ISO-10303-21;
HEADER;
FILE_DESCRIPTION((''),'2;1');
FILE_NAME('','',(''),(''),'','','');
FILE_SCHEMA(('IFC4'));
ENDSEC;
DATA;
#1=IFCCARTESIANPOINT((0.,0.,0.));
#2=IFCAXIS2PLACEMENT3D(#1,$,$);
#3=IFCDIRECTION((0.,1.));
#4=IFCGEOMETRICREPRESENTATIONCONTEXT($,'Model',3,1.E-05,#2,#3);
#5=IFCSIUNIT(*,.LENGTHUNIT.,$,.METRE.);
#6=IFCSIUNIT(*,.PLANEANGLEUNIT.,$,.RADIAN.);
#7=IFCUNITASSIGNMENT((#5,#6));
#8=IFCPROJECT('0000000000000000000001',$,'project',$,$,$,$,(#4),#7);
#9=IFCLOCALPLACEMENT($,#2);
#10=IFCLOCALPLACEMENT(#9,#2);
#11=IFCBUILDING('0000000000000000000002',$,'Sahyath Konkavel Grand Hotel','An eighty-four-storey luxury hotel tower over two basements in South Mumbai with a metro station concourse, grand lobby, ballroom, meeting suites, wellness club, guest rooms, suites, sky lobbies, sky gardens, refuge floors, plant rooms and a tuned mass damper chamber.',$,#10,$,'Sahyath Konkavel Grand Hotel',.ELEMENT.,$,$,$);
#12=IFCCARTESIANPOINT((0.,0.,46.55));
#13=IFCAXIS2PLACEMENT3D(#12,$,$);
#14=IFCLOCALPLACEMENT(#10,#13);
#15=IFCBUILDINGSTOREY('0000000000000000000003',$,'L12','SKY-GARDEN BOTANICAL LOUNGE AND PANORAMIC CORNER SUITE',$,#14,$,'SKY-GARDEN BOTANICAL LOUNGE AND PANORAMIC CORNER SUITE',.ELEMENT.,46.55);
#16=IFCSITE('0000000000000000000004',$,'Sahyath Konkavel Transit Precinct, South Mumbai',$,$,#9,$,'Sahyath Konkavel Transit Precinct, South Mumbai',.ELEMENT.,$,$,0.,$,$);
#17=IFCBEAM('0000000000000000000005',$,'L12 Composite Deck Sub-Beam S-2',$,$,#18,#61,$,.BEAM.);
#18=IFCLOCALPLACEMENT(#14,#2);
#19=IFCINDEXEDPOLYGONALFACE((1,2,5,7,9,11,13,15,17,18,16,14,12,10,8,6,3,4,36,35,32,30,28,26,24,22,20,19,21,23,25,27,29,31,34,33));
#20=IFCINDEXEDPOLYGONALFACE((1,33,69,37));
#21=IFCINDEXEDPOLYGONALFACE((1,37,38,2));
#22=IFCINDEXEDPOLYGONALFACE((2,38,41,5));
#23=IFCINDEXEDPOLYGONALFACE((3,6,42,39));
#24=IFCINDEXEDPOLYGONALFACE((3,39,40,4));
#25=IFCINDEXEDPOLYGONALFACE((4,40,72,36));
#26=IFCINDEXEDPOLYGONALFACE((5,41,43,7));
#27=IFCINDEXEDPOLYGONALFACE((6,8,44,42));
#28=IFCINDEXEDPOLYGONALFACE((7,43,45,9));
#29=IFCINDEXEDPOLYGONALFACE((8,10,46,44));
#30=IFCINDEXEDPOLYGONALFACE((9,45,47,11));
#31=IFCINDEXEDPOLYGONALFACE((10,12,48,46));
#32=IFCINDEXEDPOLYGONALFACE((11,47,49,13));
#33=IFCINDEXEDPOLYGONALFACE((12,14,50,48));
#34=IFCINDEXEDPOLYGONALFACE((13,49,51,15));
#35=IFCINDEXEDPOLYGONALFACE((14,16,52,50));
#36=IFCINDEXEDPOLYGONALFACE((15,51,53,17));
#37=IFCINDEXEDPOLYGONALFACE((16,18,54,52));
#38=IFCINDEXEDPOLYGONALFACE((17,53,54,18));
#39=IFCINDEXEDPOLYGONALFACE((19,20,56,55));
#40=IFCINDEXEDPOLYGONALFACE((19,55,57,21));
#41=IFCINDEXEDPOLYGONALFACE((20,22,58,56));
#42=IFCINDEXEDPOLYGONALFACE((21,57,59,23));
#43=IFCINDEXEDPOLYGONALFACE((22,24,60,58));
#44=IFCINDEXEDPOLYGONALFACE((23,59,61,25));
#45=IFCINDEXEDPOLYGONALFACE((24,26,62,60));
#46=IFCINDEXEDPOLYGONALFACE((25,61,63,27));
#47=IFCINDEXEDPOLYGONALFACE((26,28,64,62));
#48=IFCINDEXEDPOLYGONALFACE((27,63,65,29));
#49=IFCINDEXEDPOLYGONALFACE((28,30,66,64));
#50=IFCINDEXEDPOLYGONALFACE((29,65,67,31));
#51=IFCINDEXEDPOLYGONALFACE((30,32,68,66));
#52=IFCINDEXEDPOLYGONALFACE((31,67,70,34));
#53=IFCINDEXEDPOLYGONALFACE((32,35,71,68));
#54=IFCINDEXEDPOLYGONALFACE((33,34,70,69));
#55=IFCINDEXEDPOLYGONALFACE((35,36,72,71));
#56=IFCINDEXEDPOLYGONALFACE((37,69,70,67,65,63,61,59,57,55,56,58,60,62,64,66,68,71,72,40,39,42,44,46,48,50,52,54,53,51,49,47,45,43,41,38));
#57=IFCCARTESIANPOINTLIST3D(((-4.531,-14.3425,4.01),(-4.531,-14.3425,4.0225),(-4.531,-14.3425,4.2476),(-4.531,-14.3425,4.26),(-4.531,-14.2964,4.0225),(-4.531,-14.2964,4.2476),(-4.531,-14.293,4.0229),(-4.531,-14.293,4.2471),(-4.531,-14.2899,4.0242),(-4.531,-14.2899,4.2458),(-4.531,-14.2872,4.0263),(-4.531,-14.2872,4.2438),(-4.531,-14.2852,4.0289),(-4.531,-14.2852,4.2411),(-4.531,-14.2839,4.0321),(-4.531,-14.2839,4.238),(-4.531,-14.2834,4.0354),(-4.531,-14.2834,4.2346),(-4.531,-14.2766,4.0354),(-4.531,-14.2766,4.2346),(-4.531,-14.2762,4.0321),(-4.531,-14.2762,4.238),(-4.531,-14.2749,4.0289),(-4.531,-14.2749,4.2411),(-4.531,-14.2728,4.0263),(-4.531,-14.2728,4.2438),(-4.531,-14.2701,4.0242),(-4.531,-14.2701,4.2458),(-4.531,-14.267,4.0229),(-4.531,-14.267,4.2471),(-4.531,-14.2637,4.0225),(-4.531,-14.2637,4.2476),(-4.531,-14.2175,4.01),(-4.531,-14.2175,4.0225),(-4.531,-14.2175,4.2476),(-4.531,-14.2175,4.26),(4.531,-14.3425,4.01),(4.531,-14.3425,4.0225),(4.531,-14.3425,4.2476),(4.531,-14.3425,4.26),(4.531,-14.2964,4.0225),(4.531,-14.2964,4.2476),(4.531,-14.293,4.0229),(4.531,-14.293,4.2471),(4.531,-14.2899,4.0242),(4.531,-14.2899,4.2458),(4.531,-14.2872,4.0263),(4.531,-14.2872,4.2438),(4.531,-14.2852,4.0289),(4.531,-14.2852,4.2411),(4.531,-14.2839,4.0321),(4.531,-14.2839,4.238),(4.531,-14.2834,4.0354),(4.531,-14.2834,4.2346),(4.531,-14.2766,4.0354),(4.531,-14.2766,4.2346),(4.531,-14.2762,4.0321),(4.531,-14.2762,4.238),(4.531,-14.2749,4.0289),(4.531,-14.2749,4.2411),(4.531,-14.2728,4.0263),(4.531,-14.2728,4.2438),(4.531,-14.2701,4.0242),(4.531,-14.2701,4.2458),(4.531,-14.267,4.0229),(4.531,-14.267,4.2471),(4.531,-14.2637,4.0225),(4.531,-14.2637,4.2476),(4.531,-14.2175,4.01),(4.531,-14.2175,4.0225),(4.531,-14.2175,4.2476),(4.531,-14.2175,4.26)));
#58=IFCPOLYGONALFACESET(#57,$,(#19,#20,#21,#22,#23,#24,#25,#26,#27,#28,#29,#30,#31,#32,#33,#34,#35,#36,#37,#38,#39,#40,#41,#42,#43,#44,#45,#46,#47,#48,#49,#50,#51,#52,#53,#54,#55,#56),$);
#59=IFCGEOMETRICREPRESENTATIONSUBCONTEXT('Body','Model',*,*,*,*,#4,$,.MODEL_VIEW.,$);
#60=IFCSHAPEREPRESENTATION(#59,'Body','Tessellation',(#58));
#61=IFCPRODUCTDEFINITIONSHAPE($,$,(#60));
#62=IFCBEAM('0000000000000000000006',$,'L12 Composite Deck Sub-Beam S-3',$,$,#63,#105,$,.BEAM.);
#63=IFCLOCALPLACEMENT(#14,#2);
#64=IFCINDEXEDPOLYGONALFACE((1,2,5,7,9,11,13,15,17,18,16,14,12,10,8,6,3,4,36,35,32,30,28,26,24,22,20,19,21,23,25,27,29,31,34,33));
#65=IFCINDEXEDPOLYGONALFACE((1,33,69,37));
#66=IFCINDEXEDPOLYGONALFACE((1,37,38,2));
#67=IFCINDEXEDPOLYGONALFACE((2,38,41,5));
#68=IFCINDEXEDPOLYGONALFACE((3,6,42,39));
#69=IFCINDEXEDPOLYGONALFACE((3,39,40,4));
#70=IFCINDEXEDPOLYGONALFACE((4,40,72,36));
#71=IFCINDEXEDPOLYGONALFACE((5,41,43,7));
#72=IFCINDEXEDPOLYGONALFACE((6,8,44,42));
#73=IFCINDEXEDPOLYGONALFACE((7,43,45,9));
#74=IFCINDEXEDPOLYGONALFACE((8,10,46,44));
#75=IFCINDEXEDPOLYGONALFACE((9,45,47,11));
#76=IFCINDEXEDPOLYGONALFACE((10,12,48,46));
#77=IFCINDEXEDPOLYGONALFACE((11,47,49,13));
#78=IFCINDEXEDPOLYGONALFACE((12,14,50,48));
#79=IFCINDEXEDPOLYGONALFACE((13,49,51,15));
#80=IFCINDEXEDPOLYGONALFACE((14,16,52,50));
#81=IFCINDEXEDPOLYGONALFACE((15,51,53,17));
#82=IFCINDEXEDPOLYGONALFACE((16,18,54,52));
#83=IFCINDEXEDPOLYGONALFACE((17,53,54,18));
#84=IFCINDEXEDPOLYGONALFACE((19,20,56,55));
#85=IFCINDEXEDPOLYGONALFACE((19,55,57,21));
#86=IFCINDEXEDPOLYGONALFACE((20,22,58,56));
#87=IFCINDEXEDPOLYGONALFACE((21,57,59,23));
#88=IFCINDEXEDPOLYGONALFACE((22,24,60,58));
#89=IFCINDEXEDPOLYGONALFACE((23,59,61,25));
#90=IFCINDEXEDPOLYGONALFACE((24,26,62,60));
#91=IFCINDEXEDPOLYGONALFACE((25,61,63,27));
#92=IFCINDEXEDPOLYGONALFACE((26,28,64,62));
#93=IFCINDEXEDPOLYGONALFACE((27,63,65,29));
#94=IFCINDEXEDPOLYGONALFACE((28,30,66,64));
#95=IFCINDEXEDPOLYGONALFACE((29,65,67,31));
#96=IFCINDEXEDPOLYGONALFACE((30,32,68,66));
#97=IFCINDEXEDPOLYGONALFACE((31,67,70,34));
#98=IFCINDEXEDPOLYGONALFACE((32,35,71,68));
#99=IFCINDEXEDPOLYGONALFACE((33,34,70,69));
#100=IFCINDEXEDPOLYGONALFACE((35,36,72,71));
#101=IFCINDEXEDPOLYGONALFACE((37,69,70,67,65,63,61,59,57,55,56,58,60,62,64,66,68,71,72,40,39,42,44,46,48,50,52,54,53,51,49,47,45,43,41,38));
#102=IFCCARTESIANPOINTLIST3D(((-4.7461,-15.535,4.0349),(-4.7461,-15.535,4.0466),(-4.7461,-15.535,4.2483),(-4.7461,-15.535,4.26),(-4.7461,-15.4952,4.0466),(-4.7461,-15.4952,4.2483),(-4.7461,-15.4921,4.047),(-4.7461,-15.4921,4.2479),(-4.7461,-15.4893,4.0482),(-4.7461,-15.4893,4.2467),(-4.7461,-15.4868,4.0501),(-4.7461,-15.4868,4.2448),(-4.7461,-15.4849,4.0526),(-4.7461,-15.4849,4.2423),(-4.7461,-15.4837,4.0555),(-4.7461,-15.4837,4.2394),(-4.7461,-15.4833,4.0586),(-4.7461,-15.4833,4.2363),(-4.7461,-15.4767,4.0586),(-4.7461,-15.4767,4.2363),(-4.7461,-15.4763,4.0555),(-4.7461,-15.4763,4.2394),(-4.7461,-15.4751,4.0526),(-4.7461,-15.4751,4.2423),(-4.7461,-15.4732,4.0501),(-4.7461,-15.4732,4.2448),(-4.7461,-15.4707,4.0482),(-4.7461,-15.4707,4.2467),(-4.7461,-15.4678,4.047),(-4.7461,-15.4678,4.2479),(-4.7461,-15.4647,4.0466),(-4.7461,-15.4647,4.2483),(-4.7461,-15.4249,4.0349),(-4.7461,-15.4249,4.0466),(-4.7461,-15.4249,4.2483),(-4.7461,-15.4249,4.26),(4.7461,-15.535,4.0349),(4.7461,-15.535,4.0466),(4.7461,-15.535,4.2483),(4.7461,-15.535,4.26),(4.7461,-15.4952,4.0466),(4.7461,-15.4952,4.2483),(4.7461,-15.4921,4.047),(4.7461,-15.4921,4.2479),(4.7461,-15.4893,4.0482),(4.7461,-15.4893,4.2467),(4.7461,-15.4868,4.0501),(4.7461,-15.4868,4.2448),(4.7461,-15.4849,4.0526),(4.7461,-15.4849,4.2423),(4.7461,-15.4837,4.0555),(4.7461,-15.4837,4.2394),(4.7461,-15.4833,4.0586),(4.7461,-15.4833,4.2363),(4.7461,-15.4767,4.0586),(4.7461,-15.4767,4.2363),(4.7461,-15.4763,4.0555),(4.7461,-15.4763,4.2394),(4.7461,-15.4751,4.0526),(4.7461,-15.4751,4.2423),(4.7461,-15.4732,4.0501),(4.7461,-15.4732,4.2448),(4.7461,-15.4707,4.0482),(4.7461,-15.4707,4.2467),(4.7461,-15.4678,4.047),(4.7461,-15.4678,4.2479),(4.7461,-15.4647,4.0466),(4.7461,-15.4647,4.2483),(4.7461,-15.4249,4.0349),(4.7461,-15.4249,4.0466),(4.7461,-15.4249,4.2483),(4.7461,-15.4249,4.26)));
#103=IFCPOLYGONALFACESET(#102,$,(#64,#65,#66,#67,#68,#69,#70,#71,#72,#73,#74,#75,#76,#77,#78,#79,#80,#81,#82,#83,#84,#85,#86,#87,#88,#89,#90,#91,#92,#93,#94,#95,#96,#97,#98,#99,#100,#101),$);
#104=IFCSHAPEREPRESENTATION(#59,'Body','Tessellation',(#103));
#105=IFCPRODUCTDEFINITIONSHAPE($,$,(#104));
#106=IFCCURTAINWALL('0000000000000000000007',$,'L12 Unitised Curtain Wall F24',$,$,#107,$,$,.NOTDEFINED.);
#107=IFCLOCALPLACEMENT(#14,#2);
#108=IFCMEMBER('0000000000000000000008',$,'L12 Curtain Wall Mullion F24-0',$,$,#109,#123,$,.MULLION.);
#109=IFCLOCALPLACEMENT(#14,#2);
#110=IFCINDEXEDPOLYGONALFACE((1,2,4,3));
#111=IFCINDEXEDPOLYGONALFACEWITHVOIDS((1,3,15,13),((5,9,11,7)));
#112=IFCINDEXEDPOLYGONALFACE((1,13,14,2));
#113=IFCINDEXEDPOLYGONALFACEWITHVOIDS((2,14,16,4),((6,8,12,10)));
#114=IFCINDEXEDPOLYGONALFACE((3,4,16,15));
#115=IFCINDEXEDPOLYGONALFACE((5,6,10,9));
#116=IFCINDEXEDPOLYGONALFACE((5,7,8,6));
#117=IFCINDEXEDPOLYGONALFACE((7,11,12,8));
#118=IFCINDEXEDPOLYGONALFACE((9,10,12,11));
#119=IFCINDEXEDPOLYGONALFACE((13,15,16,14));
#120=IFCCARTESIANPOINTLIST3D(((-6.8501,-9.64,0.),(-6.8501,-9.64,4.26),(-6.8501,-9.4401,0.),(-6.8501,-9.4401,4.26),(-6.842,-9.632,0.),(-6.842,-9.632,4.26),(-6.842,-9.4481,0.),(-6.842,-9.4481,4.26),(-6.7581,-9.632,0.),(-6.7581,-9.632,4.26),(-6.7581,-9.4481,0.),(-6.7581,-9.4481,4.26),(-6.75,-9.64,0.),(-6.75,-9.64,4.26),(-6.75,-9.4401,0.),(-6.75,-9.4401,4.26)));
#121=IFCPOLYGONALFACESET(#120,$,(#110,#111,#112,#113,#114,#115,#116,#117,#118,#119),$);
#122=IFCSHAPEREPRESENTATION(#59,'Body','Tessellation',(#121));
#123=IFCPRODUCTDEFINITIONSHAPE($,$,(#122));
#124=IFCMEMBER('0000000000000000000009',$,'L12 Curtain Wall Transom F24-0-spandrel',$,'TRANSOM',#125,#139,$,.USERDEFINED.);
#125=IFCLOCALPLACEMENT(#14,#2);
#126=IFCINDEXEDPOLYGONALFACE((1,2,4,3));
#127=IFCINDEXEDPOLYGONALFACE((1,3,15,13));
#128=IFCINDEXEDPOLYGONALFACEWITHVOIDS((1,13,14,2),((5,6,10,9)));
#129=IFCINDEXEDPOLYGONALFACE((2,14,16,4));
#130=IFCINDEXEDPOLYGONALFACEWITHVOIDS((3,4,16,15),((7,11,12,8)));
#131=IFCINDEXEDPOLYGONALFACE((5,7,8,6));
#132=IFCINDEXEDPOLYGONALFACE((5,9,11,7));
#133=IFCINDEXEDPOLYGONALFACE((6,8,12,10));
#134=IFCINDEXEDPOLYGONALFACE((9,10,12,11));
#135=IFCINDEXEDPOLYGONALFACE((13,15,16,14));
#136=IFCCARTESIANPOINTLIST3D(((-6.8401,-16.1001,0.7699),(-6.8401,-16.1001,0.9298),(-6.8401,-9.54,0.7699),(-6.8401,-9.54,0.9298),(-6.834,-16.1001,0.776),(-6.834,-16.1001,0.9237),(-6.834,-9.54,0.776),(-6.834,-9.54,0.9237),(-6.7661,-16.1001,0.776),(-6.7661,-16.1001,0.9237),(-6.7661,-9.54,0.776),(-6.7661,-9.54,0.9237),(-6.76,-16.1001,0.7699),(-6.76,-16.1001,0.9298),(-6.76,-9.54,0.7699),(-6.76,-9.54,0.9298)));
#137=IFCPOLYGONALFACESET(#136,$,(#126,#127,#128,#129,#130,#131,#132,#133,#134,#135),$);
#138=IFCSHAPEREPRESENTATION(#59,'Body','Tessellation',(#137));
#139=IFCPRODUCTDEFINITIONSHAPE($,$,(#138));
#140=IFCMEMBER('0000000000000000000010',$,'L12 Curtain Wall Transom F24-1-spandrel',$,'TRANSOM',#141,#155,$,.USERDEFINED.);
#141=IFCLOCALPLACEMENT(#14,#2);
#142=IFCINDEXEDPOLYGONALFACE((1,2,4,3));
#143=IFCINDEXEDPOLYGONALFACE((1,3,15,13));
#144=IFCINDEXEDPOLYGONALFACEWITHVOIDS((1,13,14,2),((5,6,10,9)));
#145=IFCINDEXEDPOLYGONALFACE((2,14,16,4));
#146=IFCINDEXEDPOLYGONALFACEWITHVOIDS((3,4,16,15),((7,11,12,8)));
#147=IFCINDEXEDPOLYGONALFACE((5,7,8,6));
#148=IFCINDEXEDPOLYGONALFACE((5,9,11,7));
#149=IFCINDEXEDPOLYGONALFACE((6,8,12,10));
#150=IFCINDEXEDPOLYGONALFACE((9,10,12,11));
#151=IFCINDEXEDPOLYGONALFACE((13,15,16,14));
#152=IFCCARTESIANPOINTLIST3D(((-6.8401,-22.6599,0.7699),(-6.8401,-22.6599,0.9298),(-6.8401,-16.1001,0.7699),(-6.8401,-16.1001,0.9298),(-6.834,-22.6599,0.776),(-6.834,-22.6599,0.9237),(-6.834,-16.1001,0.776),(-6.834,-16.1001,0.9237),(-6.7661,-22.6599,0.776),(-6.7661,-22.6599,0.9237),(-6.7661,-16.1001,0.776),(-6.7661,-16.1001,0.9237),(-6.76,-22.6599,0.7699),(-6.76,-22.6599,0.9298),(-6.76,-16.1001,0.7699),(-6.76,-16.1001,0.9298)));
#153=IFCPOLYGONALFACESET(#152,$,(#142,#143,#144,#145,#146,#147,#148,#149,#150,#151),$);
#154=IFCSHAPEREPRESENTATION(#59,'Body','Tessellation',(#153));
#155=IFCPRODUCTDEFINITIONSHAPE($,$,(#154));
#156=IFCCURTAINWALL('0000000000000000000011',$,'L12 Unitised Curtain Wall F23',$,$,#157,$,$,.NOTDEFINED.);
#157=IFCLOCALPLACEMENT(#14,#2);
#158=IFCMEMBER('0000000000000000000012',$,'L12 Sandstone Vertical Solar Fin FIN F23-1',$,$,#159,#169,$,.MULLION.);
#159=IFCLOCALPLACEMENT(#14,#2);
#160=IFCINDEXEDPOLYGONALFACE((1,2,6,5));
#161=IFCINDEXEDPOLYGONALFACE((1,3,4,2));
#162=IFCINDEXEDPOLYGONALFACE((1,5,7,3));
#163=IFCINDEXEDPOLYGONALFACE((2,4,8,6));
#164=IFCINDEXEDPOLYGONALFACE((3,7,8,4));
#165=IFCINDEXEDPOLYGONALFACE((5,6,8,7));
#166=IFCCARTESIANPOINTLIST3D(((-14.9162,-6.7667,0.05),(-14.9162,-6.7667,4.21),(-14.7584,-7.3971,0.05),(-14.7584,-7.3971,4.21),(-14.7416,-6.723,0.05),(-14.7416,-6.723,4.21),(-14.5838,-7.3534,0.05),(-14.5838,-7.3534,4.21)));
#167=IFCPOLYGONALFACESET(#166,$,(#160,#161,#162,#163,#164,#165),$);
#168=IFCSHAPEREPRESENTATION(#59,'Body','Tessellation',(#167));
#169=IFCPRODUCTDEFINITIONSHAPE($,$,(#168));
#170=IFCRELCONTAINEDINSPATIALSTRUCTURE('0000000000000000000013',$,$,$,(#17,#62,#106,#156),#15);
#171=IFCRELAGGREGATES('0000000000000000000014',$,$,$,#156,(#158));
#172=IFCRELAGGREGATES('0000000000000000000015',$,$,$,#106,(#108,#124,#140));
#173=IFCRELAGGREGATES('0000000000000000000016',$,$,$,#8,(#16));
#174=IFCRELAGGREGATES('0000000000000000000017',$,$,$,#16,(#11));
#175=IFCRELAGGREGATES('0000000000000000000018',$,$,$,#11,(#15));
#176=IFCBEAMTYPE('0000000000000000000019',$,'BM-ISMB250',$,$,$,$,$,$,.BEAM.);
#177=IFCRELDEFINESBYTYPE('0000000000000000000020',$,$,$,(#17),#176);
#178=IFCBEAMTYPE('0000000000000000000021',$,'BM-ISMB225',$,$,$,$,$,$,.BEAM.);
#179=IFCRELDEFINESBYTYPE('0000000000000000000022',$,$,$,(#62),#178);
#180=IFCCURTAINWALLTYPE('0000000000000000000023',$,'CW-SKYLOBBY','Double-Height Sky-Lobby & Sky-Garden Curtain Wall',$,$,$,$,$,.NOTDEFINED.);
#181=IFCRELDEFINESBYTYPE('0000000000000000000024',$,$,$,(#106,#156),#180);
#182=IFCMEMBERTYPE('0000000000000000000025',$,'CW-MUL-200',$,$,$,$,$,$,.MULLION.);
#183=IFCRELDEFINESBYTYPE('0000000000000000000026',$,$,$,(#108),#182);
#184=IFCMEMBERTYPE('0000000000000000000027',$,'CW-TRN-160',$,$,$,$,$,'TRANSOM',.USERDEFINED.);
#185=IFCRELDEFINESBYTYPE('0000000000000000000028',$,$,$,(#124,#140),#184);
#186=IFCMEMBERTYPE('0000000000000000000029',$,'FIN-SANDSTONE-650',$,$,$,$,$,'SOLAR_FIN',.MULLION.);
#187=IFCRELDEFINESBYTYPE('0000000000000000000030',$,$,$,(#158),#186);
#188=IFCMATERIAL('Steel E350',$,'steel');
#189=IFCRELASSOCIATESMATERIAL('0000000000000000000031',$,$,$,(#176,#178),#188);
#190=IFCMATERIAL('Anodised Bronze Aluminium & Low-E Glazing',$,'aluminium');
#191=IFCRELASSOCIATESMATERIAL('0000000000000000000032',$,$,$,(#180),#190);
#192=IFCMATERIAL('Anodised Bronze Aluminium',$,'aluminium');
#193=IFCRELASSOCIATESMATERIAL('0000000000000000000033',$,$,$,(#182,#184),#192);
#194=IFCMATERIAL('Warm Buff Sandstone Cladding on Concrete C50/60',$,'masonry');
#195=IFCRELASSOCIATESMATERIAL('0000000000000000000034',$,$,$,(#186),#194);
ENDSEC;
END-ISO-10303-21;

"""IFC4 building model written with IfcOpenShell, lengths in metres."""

from ifc_helpers import new_model, si_unit, direction, frame, origin, origin_2d, place, context, subcontext, project, spatial, rectangle, hollow_rectangle, i_section, extrude, source, transform, mapped, material, material_profile, profile_set, type_object, element, aggregate, save


model = new_model("IFC4")

# Units and contexts
model_context = context("Model", 3, precision=1e-05, world=origin(), true_north=direction((0.0, 1.0)))
body_context = subcontext(model_context, "Body", "Model", "MODEL_VIEW")
ifc_project = project(units=[si_unit("LENGTHUNIT", "METRE"), si_unit("PLANEANGLEUNIT", "RADIAN")], contexts=[model_context])

# Site, building, storey
site_placement = place(None, origin())
site = spatial("IfcSite", under=ifc_project, at=site_placement, Name="Sahyath Konkavel Transit Precinct, South Mumbai", LongName="Sahyath Konkavel Transit Precinct, South Mumbai", CompositionType="ELEMENT", RefElevation=0.0)
building_placement = place(site_placement, origin())
building = spatial("IfcBuilding", under=site, at=building_placement, Name="Sahyath Konkavel Grand Hotel", Description="An eighty-four-storey luxury hotel tower over two basements in South Mumbai with a metro station concourse, grand lobby, ballroom, meeting suites, wellness club, guest rooms, suites, sky lobbies, sky gardens, refuge floors, plant rooms and a tuned mass damper chamber.", LongName="Sahyath Konkavel Grand Hotel", CompositionType="ELEMENT")
storey_placement = place(building_placement, frame((0.0, 0.0, 46.55)))
storey = spatial("IfcBuildingStorey", under=building, at=storey_placement, Name="L12", Description="SKY-GARDEN BOTANICAL LOUNGE AND PANORAMIC CORNER SUITE", LongName="SKY-GARDEN BOTANICAL LOUNGE AND PANORAMIC CORNER SUITE", CompositionType="ELEMENT", Elevation=46.55)

# Beams
ifc_material_1 = material(Name="Steel E350", Category="steel")
ifc_material_profile_1 = material_profile(ifc_material_1, i_section(OverallWidth=0.125, OverallDepth=0.25, WebThickness=0.0068, FlangeThickness=0.0125, FilletRadius=0.0129, at=origin_2d()), Name="ISMB 250")
ifc_profile_set_1 = profile_set([ifc_material_profile_1], Name="Steel E350")
beam_type_1 = type_object("IfcBeamType", Name="BM-ISMB250", PredefinedType="BEAM", material=ifc_profile_set_1)
shared_shape_1 = source(origin(), body_context, "Body", "SweptSolid", [
    extrude(i_section(OverallWidth=0.125, OverallDepth=0.25, WebThickness=0.0068, FlangeThickness=0.0125, FilletRadius=0.0129, at=origin_2d()), origin(), (0.0, 0.0, 1.0), 9.062),
])
beam_1_placement = place(storey_placement, frame((-4.531, -14.28, 4.135), z_axis=(1.0, 0.0, 0.0), x_axis=(0.0, 1.0, 0.0)))
element("IfcBeam", 1, at=beam_1_placement, inside=storey, type_object=beam_type_1, Name="L12 Composite Deck Sub-Beam S-2", PredefinedType="BEAM", context=body_context, shape_type="MappedRepresentation", body=[
    mapped(shared_shape_1, transform((0.0, 0.0, 0.0), scale=1.0)),
])
ifc_material_profile_2 = material_profile(ifc_material_1, i_section(OverallWidth=0.1101, OverallDepth=0.2251, WebThickness=0.0066, FlangeThickness=0.0117, FilletRadius=0.012, at=origin_2d()), Name="ISMB 225")
ifc_profile_set_2 = profile_set([ifc_material_profile_2], Name="Steel E350")
beam_type_2 = type_object("IfcBeamType", Name="BM-ISMB225", PredefinedType="BEAM", material=ifc_profile_set_2)
shared_shape_2 = source(origin(), body_context, "Body", "SweptSolid", [
    extrude(i_section(OverallWidth=0.1101, OverallDepth=0.2251, WebThickness=0.0066, FlangeThickness=0.0117, FilletRadius=0.012, at=origin_2d()), origin(), (0.0, 0.0, 1.0), 9.4922),
])
beam_2_placement = place(storey_placement, frame((-4.7461, -15.48, 4.1475), z_axis=(1.0, 0.0, 0.0), x_axis=(0.0, 1.0, 0.0)))
element("IfcBeam", 2, at=beam_2_placement, inside=storey, type_object=beam_type_2, Name="L12 Composite Deck Sub-Beam S-3", PredefinedType="BEAM", context=body_context, shape_type="MappedRepresentation", body=[
    mapped(shared_shape_2, transform((0.0, 0.0, 0.0), scale=1.0)),
])

# Curtain wall, members
ifc_material_2 = material(Name="Anodised Bronze Aluminium & Low-E Glazing", Category="aluminium")
curtain_wall_type = type_object("IfcCurtainWallType", Name="CW-SKYLOBBY", Description="Double-Height Sky-Lobby & Sky-Garden Curtain Wall", PredefinedType="NOTDEFINED", material=ifc_material_2)
curtain_wall_1_placement = place(storey_placement, origin())
curtain_wall_1 = element("IfcCurtainWall", 3, at=curtain_wall_1_placement, inside=storey, type_object=curtain_wall_type, Name="L12 Unitised Curtain Wall F24", PredefinedType="NOTDEFINED")
ifc_material_3 = material(Name="Anodised Bronze Aluminium", Category="aluminium")
ifc_material_profile_3 = material_profile(ifc_material_3, hollow_rectangle(XDim=0.1001, YDim=0.2, WallThickness=0.0081, at=origin_2d()), Name="RHS 200x100x8")
ifc_profile_set_3 = profile_set([ifc_material_profile_3], Name="Anodised Bronze Aluminium")
member_type_1 = type_object("IfcMemberType", Name="CW-MUL-200", PredefinedType="MULLION", material=ifc_profile_set_3)
shared_shape_3 = source(origin(), body_context, "Body", "SweptSolid", [
    extrude(hollow_rectangle(XDim=0.1001, YDim=0.2, WallThickness=0.0081, at=origin_2d()), origin(), (0.0, 0.0, 1.0), 4.26),
])
member_1_placement = place(storey_placement, frame((-6.8, -9.54, 0.0), z_axis=(0.0, 0.0, 1.0), x_axis=(1.0, 0.0, 0.0)))
member_1 = element("IfcMember", 4, at=member_1_placement, type_object=member_type_1, Name="L12 Curtain Wall Mullion F24-0", PredefinedType="MULLION", context=body_context, shape_type="MappedRepresentation", body=[
    mapped(shared_shape_3, transform((0.0, 0.0, 0.0), scale=1.0)),
])
ifc_material_profile_4 = material_profile(ifc_material_3, hollow_rectangle(XDim=0.0801, YDim=0.1599, WallThickness=0.0061, at=origin_2d()), Name="RHS 160x80x6")
ifc_profile_set_4 = profile_set([ifc_material_profile_4], Name="Anodised Bronze Aluminium")
member_type_2 = type_object("IfcMemberType", Name="CW-TRN-160", ElementType="TRANSOM", PredefinedType="USERDEFINED", material=ifc_profile_set_4)
shared_shape_4 = source(origin(), body_context, "Body", "SweptSolid", [
    extrude(hollow_rectangle(XDim=0.0801, YDim=0.1599, WallThickness=0.0061, at=origin_2d()), origin(), (0.0, 0.0, 1.0), 6.5601),
])
member_2_placement = place(storey_placement, frame((-6.8, -9.54, 0.8499), z_axis=(0.0, -1.0, 0.0), x_axis=(1.0, 0.0, 0.0)))
member_2 = element("IfcMember", 5, at=member_2_placement, type_object=member_type_2, Name="L12 Curtain Wall Transom F24-0-spandrel", ObjectType="TRANSOM", PredefinedType="USERDEFINED", context=body_context, shape_type="MappedRepresentation", body=[
    mapped(shared_shape_4, transform((0.0, 0.0, 0.0), scale=1.0)),
])
shared_shape_5 = source(origin(), body_context, "Body", "SweptSolid", [
    extrude(hollow_rectangle(XDim=0.0801, YDim=0.1599, WallThickness=0.0061, at=origin_2d()), origin(), (0.0, 0.0, 1.0), 6.5598),
])
member_3_placement = place(storey_placement, frame((-6.8, -16.1001, 0.8499), z_axis=(0.0, -1.0, 0.0), x_axis=(1.0, 0.0, 0.0)))
member_3 = element("IfcMember", 6, at=member_3_placement, type_object=member_type_2, Name="L12 Curtain Wall Transom F24-1-spandrel", ObjectType="TRANSOM", PredefinedType="USERDEFINED", context=body_context, shape_type="MappedRepresentation", body=[
    mapped(shared_shape_5, transform((0.0, 0.0, 0.0), scale=1.0)),
])

# Curtain wall, member
curtain_wall_2_placement = place(storey_placement, origin())
curtain_wall_2 = element("IfcCurtainWall", 7, at=curtain_wall_2_placement, inside=storey, type_object=curtain_wall_type, Name="L12 Unitised Curtain Wall F23", PredefinedType="NOTDEFINED")
ifc_material_4 = material(Name="Warm Buff Sandstone Cladding on Concrete C50/60", Category="masonry")
ifc_material_profile_5 = material_profile(ifc_material_4, rectangle(XDim=0.1799, YDim=0.6499, at=origin_2d()), Name="FIN 180x650")
ifc_profile_set_5 = profile_set([ifc_material_profile_5], Name="Warm Buff Sandstone Cladding on Concrete C50/60")
member_type_3 = type_object("IfcMemberType", Name="FIN-SANDSTONE-650", ElementType="SOLAR_FIN", PredefinedType="MULLION", material=ifc_profile_set_5)
shared_shape_6 = source(origin(), body_context, "Body", "SweptSolid", [
    extrude(rectangle(XDim=0.1799, YDim=0.6499, at=origin_2d()), origin(), (0.0, 0.0, 1.0), 4.1599),
])
member_4_placement = place(storey_placement, frame((-14.75, -7.0601, 0.05), z_axis=(0.0, 0.0, 1.0), x_axis=(0.970084, 0.242769, 0.0)))
member_4 = element("IfcMember", 8, at=member_4_placement, type_object=member_type_3, Name="L12 Sandstone Vertical Solar Fin FIN F23-1", PredefinedType="MULLION", context=body_context, shape_type="MappedRepresentation", body=[
    mapped(shared_shape_6, transform((0.0, 0.0, 0.0), scale=1.0)),
])
aggregate(curtain_wall_2, [member_4])

aggregate(curtain_wall_1, [member_1, member_2, member_3])

save(model, "model.ifc")
